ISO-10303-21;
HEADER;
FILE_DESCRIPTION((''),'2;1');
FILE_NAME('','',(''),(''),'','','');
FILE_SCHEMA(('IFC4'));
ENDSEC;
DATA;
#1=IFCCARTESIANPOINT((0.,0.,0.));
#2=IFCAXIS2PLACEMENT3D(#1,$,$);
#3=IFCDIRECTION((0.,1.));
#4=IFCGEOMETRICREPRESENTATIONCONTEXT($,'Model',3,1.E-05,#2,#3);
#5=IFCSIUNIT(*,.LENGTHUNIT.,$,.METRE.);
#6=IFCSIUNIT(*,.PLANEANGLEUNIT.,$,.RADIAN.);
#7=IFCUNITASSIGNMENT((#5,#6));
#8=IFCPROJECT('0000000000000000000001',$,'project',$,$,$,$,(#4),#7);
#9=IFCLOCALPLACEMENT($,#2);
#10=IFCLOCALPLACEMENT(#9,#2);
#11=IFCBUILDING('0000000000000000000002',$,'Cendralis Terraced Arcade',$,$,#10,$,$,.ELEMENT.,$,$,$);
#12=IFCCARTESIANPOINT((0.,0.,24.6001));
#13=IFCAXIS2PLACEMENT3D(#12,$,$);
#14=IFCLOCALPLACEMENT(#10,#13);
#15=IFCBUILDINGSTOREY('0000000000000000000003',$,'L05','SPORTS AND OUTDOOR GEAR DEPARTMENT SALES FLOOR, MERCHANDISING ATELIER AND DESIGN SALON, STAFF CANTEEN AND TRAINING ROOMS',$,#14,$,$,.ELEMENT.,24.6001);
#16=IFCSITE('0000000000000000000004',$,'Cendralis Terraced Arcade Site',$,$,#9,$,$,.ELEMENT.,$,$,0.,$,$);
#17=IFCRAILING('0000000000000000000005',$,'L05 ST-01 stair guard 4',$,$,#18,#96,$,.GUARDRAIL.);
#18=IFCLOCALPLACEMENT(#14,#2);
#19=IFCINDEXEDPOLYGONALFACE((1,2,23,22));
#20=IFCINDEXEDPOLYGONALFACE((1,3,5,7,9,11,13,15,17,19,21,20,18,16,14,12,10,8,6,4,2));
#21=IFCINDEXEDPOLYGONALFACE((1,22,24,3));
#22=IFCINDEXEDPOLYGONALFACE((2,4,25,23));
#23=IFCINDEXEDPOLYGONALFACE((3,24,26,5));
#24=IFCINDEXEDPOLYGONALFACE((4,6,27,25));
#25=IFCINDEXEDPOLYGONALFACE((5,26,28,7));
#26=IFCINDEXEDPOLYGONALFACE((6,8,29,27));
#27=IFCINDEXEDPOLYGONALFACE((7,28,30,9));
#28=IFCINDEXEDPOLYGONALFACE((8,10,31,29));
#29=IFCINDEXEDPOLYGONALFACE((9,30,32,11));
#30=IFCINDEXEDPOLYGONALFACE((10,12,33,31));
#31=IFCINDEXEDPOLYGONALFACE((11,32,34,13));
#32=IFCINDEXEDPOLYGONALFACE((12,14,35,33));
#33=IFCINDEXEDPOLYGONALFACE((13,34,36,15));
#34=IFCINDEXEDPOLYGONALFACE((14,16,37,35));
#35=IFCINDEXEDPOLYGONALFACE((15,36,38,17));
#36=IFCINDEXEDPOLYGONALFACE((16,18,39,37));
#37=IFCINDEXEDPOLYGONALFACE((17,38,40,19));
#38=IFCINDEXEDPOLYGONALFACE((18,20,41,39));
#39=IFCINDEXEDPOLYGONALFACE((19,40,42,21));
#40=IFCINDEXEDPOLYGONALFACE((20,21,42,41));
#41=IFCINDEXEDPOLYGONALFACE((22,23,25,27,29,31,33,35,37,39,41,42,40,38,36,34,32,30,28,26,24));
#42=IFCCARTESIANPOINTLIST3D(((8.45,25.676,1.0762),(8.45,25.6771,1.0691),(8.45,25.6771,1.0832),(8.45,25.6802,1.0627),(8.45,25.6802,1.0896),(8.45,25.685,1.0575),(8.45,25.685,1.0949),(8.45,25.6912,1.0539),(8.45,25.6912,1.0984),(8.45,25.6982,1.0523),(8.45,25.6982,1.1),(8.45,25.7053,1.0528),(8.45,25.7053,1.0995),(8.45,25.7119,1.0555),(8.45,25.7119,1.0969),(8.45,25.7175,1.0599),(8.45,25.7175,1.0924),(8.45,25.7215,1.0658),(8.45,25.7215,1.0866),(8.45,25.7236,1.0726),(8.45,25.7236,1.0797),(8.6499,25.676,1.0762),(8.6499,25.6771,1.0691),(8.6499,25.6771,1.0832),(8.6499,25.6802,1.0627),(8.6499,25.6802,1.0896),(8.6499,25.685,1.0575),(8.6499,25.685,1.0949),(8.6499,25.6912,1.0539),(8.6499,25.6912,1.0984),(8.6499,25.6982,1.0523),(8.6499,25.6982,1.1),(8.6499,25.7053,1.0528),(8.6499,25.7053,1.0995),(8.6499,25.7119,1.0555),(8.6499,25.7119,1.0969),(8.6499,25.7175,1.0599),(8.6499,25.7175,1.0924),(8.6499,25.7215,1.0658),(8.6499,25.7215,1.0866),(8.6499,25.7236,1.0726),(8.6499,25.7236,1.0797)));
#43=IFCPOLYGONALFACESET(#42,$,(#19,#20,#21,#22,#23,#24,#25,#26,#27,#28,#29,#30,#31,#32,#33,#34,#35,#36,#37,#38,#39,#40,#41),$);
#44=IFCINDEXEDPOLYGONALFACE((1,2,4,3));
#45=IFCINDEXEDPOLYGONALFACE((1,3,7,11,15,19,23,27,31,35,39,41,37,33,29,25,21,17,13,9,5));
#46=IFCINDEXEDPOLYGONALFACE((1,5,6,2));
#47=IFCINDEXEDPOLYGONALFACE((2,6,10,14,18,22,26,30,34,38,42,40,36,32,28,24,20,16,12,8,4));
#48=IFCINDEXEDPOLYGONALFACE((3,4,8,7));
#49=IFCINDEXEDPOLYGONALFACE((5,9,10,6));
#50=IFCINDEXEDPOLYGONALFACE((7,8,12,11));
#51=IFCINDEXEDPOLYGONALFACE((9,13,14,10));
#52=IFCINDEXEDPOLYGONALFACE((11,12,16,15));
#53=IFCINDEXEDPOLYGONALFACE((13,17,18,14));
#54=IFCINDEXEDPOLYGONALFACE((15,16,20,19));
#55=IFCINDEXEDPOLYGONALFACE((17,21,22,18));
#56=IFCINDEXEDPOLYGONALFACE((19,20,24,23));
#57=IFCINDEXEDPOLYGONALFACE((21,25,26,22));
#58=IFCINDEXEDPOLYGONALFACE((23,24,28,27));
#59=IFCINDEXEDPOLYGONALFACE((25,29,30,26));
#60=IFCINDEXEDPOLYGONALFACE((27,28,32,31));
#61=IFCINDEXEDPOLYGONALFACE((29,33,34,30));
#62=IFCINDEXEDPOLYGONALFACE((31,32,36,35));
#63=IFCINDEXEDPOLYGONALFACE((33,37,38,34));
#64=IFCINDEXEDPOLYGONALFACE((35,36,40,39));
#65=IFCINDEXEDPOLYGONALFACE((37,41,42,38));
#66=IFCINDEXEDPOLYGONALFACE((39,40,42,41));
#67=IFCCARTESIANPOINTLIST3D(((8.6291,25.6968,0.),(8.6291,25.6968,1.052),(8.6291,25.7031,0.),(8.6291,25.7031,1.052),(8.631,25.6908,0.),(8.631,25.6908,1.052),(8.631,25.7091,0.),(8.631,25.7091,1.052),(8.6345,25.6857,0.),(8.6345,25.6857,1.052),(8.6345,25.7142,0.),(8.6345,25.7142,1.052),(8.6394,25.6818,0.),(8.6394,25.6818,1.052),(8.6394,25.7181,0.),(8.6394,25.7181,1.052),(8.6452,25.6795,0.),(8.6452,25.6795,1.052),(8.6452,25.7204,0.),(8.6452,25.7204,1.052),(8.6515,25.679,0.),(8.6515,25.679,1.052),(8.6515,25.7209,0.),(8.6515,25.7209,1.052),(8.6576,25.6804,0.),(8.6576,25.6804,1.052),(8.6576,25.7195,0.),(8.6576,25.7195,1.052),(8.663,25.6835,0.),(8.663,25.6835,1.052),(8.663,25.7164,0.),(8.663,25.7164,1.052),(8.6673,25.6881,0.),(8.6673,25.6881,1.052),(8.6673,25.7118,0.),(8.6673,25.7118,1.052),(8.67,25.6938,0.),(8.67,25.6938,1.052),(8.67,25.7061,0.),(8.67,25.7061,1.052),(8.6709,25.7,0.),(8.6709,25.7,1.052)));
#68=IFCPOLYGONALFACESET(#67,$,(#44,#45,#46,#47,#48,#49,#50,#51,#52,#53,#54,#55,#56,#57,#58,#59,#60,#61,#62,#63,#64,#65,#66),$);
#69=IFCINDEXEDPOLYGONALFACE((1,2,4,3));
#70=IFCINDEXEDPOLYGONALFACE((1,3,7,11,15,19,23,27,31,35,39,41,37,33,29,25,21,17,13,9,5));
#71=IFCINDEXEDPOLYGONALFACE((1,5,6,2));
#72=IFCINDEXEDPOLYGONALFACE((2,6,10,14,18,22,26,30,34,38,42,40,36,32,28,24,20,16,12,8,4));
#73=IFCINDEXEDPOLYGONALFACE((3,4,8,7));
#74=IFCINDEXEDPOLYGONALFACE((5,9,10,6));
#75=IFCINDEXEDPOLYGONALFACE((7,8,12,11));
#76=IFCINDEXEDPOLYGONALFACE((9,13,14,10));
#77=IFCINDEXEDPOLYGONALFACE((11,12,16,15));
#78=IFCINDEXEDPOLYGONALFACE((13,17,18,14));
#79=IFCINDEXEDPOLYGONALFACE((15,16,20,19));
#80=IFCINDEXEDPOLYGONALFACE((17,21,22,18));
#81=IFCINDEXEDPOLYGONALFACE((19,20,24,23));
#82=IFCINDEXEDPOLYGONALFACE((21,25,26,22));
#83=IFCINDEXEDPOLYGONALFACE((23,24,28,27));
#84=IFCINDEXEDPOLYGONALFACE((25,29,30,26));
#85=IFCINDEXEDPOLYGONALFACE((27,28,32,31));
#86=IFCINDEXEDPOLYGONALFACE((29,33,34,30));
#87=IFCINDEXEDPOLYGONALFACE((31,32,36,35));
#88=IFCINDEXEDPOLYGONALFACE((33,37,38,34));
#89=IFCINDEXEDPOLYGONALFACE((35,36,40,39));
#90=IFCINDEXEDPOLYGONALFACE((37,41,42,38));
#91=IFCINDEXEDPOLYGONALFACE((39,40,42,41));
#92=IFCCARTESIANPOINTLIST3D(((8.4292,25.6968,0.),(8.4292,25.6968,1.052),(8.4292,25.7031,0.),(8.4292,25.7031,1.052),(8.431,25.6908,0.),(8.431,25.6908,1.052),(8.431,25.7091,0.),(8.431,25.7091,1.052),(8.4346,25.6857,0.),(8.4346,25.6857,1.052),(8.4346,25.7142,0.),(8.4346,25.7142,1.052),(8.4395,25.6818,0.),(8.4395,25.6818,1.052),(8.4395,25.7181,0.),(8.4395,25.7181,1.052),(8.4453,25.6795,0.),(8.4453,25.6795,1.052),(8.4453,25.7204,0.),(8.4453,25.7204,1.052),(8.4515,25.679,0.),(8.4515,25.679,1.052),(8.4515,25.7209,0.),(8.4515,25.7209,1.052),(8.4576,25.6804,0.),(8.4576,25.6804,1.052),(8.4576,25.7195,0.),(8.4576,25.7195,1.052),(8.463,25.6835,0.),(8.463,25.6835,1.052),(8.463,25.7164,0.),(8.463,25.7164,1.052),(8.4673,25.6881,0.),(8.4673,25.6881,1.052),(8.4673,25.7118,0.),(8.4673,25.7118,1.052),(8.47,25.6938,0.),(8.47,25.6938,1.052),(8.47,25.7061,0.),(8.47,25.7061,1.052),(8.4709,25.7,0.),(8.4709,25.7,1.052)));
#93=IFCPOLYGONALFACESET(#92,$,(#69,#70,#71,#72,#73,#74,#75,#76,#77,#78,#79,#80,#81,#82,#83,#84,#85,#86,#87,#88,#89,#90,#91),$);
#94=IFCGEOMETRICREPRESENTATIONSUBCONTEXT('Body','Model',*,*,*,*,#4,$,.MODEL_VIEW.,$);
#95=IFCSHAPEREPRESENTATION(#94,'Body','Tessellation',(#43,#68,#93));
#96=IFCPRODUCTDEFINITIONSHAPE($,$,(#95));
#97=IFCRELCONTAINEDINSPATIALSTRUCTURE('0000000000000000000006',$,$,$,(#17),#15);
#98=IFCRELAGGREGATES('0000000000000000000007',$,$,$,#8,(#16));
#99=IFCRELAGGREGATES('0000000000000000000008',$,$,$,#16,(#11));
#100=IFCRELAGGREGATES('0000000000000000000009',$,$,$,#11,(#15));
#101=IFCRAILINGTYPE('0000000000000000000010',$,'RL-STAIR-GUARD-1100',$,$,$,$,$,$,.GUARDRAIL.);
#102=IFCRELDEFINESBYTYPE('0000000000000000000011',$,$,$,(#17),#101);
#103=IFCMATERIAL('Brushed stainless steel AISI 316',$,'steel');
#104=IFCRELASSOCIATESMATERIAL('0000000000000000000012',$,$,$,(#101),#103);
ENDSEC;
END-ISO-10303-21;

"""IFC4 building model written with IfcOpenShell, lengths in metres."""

from ifc_helpers import new_model, si_unit, direction, frame, origin, origin_2d, place, context, subcontext, project, spatial, circle, extrude, material, type_object, element, save


model = new_model("IFC4")

# Units and contexts
model_context = context("Model", 3, precision=1e-05, world=origin(), true_north=direction((0.0, 1.0)))
body_context = subcontext(model_context, "Body", "Model", "MODEL_VIEW")
ifc_project = project(units=[si_unit("LENGTHUNIT", "METRE"), si_unit("PLANEANGLEUNIT", "RADIAN")], contexts=[model_context])

# Site, building, storey
site_placement = place(None, origin())
site = spatial("IfcSite", under=ifc_project, at=site_placement, Name="Cendralis Terraced Arcade Site", CompositionType="ELEMENT", RefElevation=0.0)
building_placement = place(site_placement, origin())
building = spatial("IfcBuilding", under=site, at=building_placement, Name="Cendralis Terraced Arcade", CompositionType="ELEMENT")
storey_placement = place(building_placement, frame((0.0, 0.0, 24.6001)))
storey = spatial("IfcBuildingStorey", under=building, at=storey_placement, Name="L05", Description="SPORTS AND OUTDOOR GEAR DEPARTMENT SALES FLOOR, MERCHANDISING ATELIER AND DESIGN SALON, STAFF CANTEEN AND TRAINING ROOMS", CompositionType="ELEMENT", Elevation=24.6001)

# Railing
ifc_material_1 = material(Name="Brushed stainless steel AISI 316", Category="steel")
railing_type = type_object("IfcRailingType", Name="RL-STAIR-GUARD-1100", PredefinedType="GUARDRAIL", material=ifc_material_1)
railing_1_placement = place(storey_placement, frame((8.6499, 25.7, 0.0)))
element("IfcRailing", 1, at=railing_1_placement, inside=storey, type_object=railing_type, Name="L05 ST-01 stair guard 4", PredefinedType="GUARDRAIL", context=body_context, shape_type="SweptSolid", body=[
    extrude(circle(Radius=0.0239, at=origin_2d()), frame((0.0, 0.0, 1.0762), z_axis=(-1.0, 0.0, 0.0), x_axis=(0.0, -1.0, 0.0)), (0.0, 0.0, 1.0), 0.2),
    extrude(circle(Radius=0.021, at=origin_2d()), origin(), (0.0, 0.0, 1.0), 1.052),
    extrude(circle(Radius=0.021, at=origin_2d()), frame((-0.2, 0.0, 0.0)), (0.0, 0.0, 1.0), 1.052),
])

save(model, "model.ifc")
